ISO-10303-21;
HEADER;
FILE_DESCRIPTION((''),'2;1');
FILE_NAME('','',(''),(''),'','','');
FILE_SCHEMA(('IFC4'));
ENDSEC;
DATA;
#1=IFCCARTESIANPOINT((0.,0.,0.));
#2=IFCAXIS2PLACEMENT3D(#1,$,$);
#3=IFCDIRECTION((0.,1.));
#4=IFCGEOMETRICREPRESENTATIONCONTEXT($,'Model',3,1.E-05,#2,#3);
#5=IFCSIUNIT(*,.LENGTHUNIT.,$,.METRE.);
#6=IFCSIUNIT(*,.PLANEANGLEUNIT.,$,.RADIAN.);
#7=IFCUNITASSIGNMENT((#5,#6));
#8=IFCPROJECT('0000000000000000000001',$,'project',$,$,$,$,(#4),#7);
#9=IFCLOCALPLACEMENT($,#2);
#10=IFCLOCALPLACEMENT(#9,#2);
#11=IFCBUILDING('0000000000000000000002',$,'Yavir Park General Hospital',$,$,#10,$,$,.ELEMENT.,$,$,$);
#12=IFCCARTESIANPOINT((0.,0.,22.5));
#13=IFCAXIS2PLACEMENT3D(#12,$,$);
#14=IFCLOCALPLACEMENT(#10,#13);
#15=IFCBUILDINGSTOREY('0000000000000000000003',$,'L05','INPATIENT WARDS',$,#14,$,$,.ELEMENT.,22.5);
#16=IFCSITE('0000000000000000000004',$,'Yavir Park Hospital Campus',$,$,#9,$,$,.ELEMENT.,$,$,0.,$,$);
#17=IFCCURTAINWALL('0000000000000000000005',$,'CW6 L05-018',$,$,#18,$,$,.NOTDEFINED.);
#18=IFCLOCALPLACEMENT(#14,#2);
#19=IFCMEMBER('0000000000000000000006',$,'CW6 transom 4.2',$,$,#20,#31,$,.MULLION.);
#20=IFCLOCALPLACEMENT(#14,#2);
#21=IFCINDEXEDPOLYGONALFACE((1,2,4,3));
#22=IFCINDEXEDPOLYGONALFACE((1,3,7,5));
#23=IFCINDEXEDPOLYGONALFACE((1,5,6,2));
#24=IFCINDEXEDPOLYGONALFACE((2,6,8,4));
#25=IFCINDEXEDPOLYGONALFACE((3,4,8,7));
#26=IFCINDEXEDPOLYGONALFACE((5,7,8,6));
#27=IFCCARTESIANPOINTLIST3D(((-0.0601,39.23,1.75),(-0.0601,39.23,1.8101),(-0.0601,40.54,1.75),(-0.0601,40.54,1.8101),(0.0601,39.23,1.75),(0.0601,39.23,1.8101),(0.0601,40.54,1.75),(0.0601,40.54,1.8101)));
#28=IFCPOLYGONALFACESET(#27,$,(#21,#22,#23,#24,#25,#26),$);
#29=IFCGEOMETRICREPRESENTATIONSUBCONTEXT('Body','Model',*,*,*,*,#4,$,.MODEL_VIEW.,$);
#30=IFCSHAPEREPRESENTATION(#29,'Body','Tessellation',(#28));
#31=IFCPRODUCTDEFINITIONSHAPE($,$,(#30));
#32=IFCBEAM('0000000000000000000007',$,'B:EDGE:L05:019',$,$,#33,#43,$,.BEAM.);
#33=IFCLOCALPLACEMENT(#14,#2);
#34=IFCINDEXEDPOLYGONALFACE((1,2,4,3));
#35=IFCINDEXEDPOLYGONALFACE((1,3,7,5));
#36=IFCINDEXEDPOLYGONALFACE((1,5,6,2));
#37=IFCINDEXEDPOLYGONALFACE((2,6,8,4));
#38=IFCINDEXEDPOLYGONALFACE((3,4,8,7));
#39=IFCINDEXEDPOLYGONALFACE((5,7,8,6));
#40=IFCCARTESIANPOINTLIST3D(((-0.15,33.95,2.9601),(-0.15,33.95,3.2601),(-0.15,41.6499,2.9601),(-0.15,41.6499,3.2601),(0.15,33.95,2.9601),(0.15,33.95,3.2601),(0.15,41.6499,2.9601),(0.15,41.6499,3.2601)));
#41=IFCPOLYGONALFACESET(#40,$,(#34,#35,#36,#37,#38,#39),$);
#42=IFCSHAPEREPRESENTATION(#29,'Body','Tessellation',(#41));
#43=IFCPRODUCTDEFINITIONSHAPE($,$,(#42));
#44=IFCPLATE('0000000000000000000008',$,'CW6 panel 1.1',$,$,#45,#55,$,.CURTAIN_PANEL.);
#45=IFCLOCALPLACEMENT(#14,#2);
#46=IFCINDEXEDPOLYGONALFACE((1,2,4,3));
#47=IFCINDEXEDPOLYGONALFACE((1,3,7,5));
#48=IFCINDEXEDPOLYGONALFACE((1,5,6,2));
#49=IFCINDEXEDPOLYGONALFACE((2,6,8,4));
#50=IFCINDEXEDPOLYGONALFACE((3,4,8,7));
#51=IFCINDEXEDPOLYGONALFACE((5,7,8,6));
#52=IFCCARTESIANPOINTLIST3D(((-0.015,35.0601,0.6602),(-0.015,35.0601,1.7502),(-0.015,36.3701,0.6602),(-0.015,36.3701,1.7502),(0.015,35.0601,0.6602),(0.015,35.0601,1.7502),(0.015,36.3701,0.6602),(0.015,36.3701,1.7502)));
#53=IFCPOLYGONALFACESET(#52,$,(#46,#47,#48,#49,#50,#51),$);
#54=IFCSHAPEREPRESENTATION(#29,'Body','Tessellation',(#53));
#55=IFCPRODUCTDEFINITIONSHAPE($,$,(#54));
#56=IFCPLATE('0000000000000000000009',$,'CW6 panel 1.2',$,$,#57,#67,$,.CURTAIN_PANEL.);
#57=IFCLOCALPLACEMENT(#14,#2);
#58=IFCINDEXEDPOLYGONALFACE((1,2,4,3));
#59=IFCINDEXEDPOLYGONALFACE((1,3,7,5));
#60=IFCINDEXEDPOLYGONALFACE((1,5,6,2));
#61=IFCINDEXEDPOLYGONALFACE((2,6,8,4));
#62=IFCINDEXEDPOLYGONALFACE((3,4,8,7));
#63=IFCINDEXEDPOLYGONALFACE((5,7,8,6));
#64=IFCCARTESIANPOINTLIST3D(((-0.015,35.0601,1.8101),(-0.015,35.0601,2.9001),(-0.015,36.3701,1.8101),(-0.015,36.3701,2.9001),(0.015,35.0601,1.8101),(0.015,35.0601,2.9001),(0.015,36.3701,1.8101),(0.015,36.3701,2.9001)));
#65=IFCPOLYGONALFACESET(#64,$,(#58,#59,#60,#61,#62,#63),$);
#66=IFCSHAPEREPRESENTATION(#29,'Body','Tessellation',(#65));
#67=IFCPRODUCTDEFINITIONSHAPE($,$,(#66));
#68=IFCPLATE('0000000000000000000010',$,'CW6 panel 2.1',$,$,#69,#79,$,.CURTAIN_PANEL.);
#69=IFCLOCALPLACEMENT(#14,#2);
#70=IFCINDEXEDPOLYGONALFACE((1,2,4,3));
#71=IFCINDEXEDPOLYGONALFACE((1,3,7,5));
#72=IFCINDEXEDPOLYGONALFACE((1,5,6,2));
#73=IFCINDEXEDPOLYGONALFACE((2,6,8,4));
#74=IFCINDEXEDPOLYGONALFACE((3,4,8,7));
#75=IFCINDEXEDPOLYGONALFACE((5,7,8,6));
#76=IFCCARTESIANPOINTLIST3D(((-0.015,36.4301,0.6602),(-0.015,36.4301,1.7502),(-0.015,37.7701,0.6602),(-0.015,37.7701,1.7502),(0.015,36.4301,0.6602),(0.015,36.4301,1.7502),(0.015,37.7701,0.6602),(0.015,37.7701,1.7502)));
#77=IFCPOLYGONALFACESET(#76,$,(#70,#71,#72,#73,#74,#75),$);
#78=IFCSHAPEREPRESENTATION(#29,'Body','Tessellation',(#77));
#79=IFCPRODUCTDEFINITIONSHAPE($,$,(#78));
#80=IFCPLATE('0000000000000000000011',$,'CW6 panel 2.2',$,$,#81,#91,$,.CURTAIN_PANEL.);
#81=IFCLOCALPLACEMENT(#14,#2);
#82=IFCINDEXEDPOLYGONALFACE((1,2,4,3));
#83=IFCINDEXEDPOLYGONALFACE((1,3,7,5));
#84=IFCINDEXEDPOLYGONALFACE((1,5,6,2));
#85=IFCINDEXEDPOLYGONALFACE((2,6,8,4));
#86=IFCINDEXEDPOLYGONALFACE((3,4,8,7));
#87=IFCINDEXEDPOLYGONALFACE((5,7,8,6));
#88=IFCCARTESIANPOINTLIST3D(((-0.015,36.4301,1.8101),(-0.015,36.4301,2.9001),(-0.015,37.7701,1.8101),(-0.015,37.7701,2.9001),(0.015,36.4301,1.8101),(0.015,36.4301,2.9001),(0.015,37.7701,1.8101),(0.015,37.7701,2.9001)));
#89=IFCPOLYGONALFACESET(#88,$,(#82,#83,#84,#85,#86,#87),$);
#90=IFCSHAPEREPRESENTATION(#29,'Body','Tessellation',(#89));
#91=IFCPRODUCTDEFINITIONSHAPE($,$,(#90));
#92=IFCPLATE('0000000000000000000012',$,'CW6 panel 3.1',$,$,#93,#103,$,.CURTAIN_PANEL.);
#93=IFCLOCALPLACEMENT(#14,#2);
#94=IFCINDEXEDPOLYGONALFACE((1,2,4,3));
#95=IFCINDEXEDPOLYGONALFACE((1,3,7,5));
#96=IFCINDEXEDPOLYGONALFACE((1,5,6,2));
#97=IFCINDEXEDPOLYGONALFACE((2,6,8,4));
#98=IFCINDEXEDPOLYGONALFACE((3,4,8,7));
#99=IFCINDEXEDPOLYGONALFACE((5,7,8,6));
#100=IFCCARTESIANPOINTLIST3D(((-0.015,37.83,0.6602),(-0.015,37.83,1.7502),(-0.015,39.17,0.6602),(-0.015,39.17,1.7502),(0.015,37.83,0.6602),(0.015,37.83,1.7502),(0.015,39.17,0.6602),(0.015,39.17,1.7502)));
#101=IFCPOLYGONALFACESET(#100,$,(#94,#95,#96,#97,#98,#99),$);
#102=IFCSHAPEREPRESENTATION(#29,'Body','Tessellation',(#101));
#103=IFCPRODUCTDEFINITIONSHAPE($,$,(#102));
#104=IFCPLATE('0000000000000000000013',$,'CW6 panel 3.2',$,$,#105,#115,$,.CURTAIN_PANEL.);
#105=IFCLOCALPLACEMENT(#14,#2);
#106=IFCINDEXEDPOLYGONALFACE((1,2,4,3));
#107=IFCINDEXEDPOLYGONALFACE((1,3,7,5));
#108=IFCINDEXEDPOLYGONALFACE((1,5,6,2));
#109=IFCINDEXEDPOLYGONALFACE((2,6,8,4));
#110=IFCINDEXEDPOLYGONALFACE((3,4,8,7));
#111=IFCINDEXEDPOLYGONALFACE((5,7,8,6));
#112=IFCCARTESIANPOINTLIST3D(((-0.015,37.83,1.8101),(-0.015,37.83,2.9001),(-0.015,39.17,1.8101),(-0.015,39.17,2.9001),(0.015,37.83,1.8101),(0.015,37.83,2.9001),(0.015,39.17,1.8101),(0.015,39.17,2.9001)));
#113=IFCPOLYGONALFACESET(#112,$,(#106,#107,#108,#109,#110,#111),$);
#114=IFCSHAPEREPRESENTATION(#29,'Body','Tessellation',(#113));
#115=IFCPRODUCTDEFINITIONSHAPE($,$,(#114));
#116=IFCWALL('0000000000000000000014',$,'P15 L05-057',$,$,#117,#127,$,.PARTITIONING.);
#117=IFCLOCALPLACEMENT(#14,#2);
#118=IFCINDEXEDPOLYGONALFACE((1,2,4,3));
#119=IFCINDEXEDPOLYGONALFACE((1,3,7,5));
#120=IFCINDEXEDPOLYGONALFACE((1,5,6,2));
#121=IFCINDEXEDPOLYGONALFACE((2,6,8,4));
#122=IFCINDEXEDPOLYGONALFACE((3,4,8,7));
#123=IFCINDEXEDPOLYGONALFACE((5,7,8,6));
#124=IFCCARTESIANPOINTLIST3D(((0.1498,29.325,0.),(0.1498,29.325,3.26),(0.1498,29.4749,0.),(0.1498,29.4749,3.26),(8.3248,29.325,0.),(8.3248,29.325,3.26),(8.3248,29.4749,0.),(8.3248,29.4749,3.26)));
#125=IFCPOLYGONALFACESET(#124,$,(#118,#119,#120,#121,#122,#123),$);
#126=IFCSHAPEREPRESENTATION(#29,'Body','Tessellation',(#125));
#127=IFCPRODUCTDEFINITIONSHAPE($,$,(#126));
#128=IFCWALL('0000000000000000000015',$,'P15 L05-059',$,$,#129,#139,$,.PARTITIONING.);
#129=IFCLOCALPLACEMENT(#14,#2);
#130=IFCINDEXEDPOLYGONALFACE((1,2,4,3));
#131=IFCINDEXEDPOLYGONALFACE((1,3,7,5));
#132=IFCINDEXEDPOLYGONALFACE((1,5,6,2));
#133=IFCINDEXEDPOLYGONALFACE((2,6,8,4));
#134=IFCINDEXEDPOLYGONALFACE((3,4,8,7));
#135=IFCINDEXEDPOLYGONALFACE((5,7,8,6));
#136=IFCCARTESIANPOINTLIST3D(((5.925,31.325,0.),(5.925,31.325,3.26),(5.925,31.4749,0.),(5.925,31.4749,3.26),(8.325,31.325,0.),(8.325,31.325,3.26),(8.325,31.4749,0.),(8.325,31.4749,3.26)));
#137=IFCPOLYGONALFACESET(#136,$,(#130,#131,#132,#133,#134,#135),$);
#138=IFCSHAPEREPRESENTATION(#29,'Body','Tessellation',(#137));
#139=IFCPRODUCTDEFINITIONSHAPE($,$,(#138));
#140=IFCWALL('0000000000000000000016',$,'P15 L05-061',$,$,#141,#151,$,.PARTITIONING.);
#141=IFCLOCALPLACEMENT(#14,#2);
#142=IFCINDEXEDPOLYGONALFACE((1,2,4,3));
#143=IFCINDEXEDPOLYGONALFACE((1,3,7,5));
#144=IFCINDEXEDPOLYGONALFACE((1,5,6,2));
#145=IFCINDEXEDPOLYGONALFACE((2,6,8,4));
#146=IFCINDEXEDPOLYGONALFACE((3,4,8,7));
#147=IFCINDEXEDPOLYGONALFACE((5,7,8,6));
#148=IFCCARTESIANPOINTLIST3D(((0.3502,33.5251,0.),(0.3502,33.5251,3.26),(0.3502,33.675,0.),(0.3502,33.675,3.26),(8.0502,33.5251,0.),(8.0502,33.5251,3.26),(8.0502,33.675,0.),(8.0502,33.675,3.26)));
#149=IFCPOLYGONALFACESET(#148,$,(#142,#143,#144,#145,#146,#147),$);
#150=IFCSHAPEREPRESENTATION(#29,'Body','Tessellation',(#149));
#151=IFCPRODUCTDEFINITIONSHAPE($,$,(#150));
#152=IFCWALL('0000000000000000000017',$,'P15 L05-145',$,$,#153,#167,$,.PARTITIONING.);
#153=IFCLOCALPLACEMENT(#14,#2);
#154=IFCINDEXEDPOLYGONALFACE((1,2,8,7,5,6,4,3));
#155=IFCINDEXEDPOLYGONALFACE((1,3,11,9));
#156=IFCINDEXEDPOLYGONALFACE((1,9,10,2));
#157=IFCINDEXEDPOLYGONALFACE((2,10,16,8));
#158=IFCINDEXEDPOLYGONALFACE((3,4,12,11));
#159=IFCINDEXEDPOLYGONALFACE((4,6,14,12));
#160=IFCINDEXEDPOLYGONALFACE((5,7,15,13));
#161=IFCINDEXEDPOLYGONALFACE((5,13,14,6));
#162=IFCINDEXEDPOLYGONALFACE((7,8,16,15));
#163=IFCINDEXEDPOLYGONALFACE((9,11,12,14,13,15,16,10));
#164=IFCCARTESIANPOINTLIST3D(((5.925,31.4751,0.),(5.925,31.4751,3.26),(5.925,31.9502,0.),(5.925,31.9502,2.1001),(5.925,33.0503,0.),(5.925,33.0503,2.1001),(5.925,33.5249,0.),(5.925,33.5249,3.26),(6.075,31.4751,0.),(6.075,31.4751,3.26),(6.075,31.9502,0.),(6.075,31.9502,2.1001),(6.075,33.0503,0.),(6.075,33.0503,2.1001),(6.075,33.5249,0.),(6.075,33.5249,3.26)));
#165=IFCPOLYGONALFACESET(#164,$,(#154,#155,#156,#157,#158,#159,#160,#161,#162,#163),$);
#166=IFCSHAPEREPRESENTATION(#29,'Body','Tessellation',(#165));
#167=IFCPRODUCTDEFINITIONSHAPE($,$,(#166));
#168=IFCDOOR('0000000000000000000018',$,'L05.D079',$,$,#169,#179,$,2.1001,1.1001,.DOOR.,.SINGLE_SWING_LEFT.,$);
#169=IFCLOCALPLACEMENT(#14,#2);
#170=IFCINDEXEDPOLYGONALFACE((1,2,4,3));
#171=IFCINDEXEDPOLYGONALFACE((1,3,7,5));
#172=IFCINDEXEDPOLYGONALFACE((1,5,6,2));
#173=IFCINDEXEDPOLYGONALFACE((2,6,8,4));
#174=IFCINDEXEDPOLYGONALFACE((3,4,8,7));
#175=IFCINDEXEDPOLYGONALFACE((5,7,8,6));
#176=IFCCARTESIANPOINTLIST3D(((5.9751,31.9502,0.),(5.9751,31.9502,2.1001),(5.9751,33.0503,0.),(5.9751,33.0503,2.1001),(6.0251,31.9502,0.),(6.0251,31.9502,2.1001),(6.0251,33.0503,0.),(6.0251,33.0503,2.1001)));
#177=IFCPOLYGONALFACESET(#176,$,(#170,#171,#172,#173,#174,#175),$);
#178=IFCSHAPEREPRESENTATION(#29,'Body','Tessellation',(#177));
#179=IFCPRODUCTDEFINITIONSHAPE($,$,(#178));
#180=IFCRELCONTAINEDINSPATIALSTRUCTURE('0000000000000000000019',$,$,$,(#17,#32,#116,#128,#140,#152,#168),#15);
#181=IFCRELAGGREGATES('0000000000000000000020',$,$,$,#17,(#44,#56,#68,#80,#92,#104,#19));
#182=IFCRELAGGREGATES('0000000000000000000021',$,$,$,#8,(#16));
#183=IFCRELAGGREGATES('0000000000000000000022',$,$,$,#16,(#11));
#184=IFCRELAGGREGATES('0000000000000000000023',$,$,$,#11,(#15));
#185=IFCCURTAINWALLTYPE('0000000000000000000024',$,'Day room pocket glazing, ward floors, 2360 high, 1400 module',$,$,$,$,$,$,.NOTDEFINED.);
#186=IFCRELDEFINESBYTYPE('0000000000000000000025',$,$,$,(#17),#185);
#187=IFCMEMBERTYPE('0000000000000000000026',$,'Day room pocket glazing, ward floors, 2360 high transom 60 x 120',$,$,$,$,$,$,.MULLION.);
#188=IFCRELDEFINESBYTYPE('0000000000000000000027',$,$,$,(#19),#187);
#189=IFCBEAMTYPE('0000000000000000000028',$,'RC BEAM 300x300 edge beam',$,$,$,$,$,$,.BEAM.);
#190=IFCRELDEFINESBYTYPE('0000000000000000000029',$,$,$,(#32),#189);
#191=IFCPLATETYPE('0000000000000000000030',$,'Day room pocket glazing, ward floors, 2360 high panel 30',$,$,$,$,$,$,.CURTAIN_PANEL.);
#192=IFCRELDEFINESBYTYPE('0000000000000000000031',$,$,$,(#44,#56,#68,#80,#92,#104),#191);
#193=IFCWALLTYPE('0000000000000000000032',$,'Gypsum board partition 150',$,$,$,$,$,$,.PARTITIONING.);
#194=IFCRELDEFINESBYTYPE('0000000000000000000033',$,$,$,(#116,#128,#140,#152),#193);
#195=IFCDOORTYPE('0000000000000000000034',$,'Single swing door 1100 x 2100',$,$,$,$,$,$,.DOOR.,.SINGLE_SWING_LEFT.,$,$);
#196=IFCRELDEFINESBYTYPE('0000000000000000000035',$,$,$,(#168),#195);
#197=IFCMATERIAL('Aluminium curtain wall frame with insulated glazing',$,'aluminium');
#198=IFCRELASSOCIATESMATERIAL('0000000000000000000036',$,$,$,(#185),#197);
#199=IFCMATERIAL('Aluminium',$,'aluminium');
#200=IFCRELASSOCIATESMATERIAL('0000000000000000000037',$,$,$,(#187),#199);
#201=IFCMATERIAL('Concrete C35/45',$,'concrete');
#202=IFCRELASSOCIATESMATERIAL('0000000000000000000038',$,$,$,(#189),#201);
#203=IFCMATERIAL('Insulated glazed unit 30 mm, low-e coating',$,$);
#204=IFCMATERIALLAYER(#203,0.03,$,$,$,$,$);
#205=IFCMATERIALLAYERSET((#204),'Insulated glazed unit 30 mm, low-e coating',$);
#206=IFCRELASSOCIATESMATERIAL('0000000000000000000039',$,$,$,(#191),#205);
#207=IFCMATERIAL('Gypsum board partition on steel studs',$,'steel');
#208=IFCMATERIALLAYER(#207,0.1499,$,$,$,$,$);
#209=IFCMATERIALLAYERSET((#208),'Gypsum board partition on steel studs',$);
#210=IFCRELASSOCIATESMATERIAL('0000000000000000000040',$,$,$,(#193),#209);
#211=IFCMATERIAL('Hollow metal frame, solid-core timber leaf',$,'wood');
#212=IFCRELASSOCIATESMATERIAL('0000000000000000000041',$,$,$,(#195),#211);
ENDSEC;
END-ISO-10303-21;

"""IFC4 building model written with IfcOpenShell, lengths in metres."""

from ifc_helpers import new_model, si_unit, direction, frame, frame_2d, origin, origin_2d, place, context, subcontext, project, spatial, rectangle, extrude, material, layer, layer_set, material_profile, profile_set, type_object, element, fill, aggregate, save


model = new_model("IFC4")

# Units and contexts
model_context = context("Model", 3, precision=1e-05, world=origin(), true_north=direction((0.0, 1.0)))
body_context = subcontext(model_context, "Body", "Model", "MODEL_VIEW")
ifc_project = project(units=[si_unit("LENGTHUNIT", "METRE"), si_unit("PLANEANGLEUNIT", "RADIAN")], contexts=[model_context])

# Site, building, storey
site_placement = place(None, origin())
site = spatial("IfcSite", under=ifc_project, at=site_placement, Name="Yavir Park Hospital Campus", CompositionType="ELEMENT", RefElevation=0.0)
building_placement = place(site_placement, origin())
building = spatial("IfcBuilding", under=site, at=building_placement, Name="Yavir Park General Hospital", CompositionType="ELEMENT")
storey_placement = place(building_placement, frame((0.0, 0.0, 22.5)))
storey = spatial("IfcBuildingStorey", under=building, at=storey_placement, Name="L05", Description="INPATIENT WARDS", CompositionType="ELEMENT", Elevation=22.5)

# Curtain wall, member
ifc_material_1 = material(Name="Aluminium curtain wall frame with insulated glazing", Category="aluminium")
curtain_wall_type = type_object("IfcCurtainWallType", Name="Day room pocket glazing, ward floors, 2360 high, 1400 module", PredefinedType="NOTDEFINED", material=ifc_material_1)
curtain_wall_placement = place(storey_placement, origin())
curtain_wall = element("IfcCurtainWall", 1, at=curtain_wall_placement, inside=storey, type_object=curtain_wall_type, Name="CW6 L05-018", PredefinedType="NOTDEFINED")
ifc_material_2 = material(Name="Aluminium", Category="aluminium")
ifc_material_profile_1 = material_profile(ifc_material_2, rectangle(XDim=0.1201, YDim=0.0601, at=origin_2d()), Name="AL 120x60")
ifc_profile_set_1 = profile_set([ifc_material_profile_1], Name="Aluminium")
member_type_1 = type_object("IfcMemberType", Name="Day room pocket glazing, ward floors, 2360 high transom 60 x 120", PredefinedType="MULLION", material=ifc_profile_set_1)
member_1_placement = place(storey_placement, frame((0.0, 39.23, 1.78), z_axis=(0.0, 1.0, 0.0), x_axis=(-1.0, 0.0, 0.0)))
member_1 = element("IfcMember", 2, at=member_1_placement, type_object=member_type_1, Name="CW6 transom 4.2", PredefinedType="MULLION", context=body_context, shape_type="SweptSolid", body=[
    extrude(rectangle(XDim=0.1201, YDim=0.0601, at=origin_2d()), origin(), (0.0, 0.0, 1.0), 1.3101),
])

# Beam
ifc_material_3 = material(Name="Concrete C35/45", Category="concrete")
ifc_material_profile_2 = material_profile(ifc_material_3, rectangle(XDim=0.3, YDim=0.3, at=origin_2d()), Name="RC300x300")
ifc_profile_set_2 = profile_set([ifc_material_profile_2], Name="Concrete C35/45")
beam_type = type_object("IfcBeamType", Name="RC BEAM 300x300 edge beam", PredefinedType="BEAM", material=ifc_profile_set_2)
beam_placement = place(storey_placement, frame((0.0, 33.95, 3.1101), z_axis=(0.0, 1.0, 0.0), x_axis=(-1.0, 0.0, 0.0)))
element("IfcBeam", 3, at=beam_placement, inside=storey, type_object=beam_type, Name="B:EDGE:L05:019", PredefinedType="BEAM", context=body_context, shape_type="SweptSolid", body=[
    extrude(rectangle(XDim=0.3, YDim=0.3, at=origin_2d()), origin(), (0.0, 0.0, 1.0), 7.7),
])

# Plates
ifc_material_4 = material(Name="Insulated glazed unit 30 mm, low-e coating")
ifc_layer_1 = layer(ifc_material_4, 0.03)
ifc_layer_set_1 = layer_set([ifc_layer_1], Name="Insulated glazed unit 30 mm, low-e coating")
plate_type = type_object("IfcPlateType", Name="Day room pocket glazing, ward floors, 2360 high panel 30", PredefinedType="CURTAIN_PANEL", material=ifc_layer_set_1)
plate_1_placement = place(storey_placement, frame((0.0, 35.7151, 0.6602), z_axis=(0.0, 0.0, 1.0), x_axis=(0.0, 1.0, 0.0)))
plate_1 = element("IfcPlate", 4, at=plate_1_placement, type_object=plate_type, Name="CW6 panel 1.1", PredefinedType="CURTAIN_PANEL", context=body_context, shape_type="SweptSolid", body=[
    extrude(rectangle(XDim=1.3101, YDim=0.03, at=origin_2d()), origin(), (0.0, 0.0, 1.0), 1.0901),
])
plate_2_placement = place(storey_placement, frame((0.0, 35.7151, 1.8101), z_axis=(0.0, 0.0, 1.0), x_axis=(0.0, 1.0, 0.0)))
plate_2 = element("IfcPlate", 5, at=plate_2_placement, type_object=plate_type, Name="CW6 panel 1.2", PredefinedType="CURTAIN_PANEL", context=body_context, shape_type="SweptSolid", body=[
    extrude(rectangle(XDim=1.3101, YDim=0.03, at=origin_2d()), origin(), (0.0, 0.0, 1.0), 1.0901),
])
plate_3_placement = place(storey_placement, frame((0.0, 37.1001, 0.6602), z_axis=(0.0, 0.0, 1.0), x_axis=(0.0, 1.0, 0.0)))
plate_3 = element("IfcPlate", 6, at=plate_3_placement, type_object=plate_type, Name="CW6 panel 2.1", PredefinedType="CURTAIN_PANEL", context=body_context, shape_type="SweptSolid", body=[
    extrude(rectangle(XDim=1.3401, YDim=0.03, at=origin_2d()), origin(), (0.0, 0.0, 1.0), 1.0901),
])
plate_4_placement = place(storey_placement, frame((0.0, 37.1001, 1.8101), z_axis=(0.0, 0.0, 1.0), x_axis=(0.0, 1.0, 0.0)))
plate_4 = element("IfcPlate", 7, at=plate_4_placement, type_object=plate_type, Name="CW6 panel 2.2", PredefinedType="CURTAIN_PANEL", context=body_context, shape_type="SweptSolid", body=[
    extrude(rectangle(XDim=1.3401, YDim=0.03, at=origin_2d()), origin(), (0.0, 0.0, 1.0), 1.0901),
])
plate_5_placement = place(storey_placement, frame((0.0, 38.5, 0.6602), z_axis=(0.0, 0.0, 1.0), x_axis=(0.0, 1.0, 0.0)))
plate_5 = element("IfcPlate", 8, at=plate_5_placement, type_object=plate_type, Name="CW6 panel 3.1", PredefinedType="CURTAIN_PANEL", context=body_context, shape_type="SweptSolid", body=[
    extrude(rectangle(XDim=1.3401, YDim=0.03, at=origin_2d()), origin(), (0.0, 0.0, 1.0), 1.0901),
])
plate_6_placement = place(storey_placement, frame((0.0, 38.5, 1.8101), z_axis=(0.0, 0.0, 1.0), x_axis=(0.0, 1.0, 0.0)))
plate_6 = element("IfcPlate", 9, at=plate_6_placement, type_object=plate_type, Name="CW6 panel 3.2", PredefinedType="CURTAIN_PANEL", context=body_context, shape_type="SweptSolid", body=[
    extrude(rectangle(XDim=1.3401, YDim=0.03, at=origin_2d()), origin(), (0.0, 0.0, 1.0), 1.0901),
])
aggregate(curtain_wall, [plate_1, plate_2, plate_3, plate_4, plate_5, plate_6, member_1])

# Walls
ifc_material_5 = material(Name="Gypsum board partition on steel studs", Category="steel")
ifc_layer_2 = layer(ifc_material_5, 0.1499)
ifc_layer_set_2 = layer_set([ifc_layer_2], Name="Gypsum board partition on steel studs")
wall_type_1 = type_object("IfcWallType", Name="Gypsum board partition 150", PredefinedType="PARTITIONING", material=ifc_layer_set_2)
wall_1_placement = place(storey_placement, frame((0.1499, 29.3999, 0.0), z_axis=(0.0, 0.0, 1.0), x_axis=(1.0, 0.0, 0.0)))
element("IfcWall", 10, at=wall_1_placement, inside=storey, type_object=wall_type_1, Name="P15 L05-057", PredefinedType="PARTITIONING", context=body_context, shape_type="SweptSolid", body=[
    extrude(rectangle(XDim=8.175, YDim=0.1499, at=frame_2d((4.0874, 0.0))), origin(), (0.0, 0.0, 1.0), 3.26),
])
wall_2_placement = place(storey_placement, frame((5.925, 31.3999, 0.0), z_axis=(0.0, 0.0, 1.0), x_axis=(1.0, 0.0, 0.0)))
element("IfcWall", 11, at=wall_2_placement, inside=storey, type_object=wall_type_1, Name="P15 L05-059", PredefinedType="PARTITIONING", context=body_context, shape_type="SweptSolid", body=[
    extrude(rectangle(XDim=2.3999, YDim=0.1499, at=frame_2d((1.2, 0.0))), origin(), (0.0, 0.0, 1.0), 3.26),
])
wall_3_placement = place(storey_placement, frame((0.3501, 33.6001, 0.0), z_axis=(0.0, 0.0, 1.0), x_axis=(1.0, 0.0, 0.0)))
element("IfcWall", 12, at=wall_3_placement, inside=storey, type_object=wall_type_1, Name="P15 L05-061", PredefinedType="PARTITIONING", context=body_context, shape_type="SweptSolid", body=[
    extrude(rectangle(XDim=7.7, YDim=0.1499, at=frame_2d((3.8501, 0.0))), origin(), (0.0, 0.0, 1.0), 3.26),
])

# Wall, opening, door
wall_4_placement = place(storey_placement, frame((6.0, 31.4751, 0.0), z_axis=(0.0, 0.0, 1.0), x_axis=(0.0, 1.0, 0.0)))
wall_4 = element("IfcWall", 13, at=wall_4_placement, inside=storey, type_object=wall_type_1, Name="P15 L05-145", PredefinedType="PARTITIONING", context=body_context, shape_type="SweptSolid", body=[
    extrude(rectangle(XDim=2.0498, YDim=0.1499, at=frame_2d((1.0249, 0.0))), origin(), (0.0, 0.0, 1.0), 3.26),
])
opening_placement = place(wall_4_placement, frame((0.4751, 0.0, 0.0)))
opening = element("IfcOpeningElement", 14, at=opening_placement, cuts=wall_4, PredefinedType="OPENING", context=body_context, shape_type="SweptSolid", body=[
    extrude(rectangle(XDim=1.1001, YDim=2.1001, at=frame_2d((0.55, 1.05))), frame((0.0, 0.085, 0.0), z_axis=(0.0, -1.0, 0.0), x_axis=(1.0, 0.0, 0.0)), (0.0, 0.0, 1.0), 0.1699),
])
ifc_material_6 = material(Name="Hollow metal frame, solid-core timber leaf", Category="wood")
door_type = type_object("IfcDoorType", Name="Single swing door 1100 x 2100", OperationType="SINGLE_SWING_LEFT", PredefinedType="DOOR", material=ifc_material_6)
door_placement = place(opening_placement, origin())
door = element("IfcDoor", 15, at=door_placement, inside=storey, type_object=door_type, Name="L05.D079", OperationType="SINGLE_SWING_LEFT", OverallHeight=2.1001, OverallWidth=1.1001, PredefinedType="DOOR", context=body_context, shape_type="SweptSolid", body=[
    extrude(rectangle(XDim=1.1001, YDim=2.1001, at=frame_2d((0.55, 1.05))), frame((0.0, 0.0249, 0.0), z_axis=(0.0, -1.0, 0.0), x_axis=(1.0, 0.0, 0.0)), (0.0, 0.0, 1.0), 0.05),
])
fill(opening, door)

save(model, "model.ifc")
